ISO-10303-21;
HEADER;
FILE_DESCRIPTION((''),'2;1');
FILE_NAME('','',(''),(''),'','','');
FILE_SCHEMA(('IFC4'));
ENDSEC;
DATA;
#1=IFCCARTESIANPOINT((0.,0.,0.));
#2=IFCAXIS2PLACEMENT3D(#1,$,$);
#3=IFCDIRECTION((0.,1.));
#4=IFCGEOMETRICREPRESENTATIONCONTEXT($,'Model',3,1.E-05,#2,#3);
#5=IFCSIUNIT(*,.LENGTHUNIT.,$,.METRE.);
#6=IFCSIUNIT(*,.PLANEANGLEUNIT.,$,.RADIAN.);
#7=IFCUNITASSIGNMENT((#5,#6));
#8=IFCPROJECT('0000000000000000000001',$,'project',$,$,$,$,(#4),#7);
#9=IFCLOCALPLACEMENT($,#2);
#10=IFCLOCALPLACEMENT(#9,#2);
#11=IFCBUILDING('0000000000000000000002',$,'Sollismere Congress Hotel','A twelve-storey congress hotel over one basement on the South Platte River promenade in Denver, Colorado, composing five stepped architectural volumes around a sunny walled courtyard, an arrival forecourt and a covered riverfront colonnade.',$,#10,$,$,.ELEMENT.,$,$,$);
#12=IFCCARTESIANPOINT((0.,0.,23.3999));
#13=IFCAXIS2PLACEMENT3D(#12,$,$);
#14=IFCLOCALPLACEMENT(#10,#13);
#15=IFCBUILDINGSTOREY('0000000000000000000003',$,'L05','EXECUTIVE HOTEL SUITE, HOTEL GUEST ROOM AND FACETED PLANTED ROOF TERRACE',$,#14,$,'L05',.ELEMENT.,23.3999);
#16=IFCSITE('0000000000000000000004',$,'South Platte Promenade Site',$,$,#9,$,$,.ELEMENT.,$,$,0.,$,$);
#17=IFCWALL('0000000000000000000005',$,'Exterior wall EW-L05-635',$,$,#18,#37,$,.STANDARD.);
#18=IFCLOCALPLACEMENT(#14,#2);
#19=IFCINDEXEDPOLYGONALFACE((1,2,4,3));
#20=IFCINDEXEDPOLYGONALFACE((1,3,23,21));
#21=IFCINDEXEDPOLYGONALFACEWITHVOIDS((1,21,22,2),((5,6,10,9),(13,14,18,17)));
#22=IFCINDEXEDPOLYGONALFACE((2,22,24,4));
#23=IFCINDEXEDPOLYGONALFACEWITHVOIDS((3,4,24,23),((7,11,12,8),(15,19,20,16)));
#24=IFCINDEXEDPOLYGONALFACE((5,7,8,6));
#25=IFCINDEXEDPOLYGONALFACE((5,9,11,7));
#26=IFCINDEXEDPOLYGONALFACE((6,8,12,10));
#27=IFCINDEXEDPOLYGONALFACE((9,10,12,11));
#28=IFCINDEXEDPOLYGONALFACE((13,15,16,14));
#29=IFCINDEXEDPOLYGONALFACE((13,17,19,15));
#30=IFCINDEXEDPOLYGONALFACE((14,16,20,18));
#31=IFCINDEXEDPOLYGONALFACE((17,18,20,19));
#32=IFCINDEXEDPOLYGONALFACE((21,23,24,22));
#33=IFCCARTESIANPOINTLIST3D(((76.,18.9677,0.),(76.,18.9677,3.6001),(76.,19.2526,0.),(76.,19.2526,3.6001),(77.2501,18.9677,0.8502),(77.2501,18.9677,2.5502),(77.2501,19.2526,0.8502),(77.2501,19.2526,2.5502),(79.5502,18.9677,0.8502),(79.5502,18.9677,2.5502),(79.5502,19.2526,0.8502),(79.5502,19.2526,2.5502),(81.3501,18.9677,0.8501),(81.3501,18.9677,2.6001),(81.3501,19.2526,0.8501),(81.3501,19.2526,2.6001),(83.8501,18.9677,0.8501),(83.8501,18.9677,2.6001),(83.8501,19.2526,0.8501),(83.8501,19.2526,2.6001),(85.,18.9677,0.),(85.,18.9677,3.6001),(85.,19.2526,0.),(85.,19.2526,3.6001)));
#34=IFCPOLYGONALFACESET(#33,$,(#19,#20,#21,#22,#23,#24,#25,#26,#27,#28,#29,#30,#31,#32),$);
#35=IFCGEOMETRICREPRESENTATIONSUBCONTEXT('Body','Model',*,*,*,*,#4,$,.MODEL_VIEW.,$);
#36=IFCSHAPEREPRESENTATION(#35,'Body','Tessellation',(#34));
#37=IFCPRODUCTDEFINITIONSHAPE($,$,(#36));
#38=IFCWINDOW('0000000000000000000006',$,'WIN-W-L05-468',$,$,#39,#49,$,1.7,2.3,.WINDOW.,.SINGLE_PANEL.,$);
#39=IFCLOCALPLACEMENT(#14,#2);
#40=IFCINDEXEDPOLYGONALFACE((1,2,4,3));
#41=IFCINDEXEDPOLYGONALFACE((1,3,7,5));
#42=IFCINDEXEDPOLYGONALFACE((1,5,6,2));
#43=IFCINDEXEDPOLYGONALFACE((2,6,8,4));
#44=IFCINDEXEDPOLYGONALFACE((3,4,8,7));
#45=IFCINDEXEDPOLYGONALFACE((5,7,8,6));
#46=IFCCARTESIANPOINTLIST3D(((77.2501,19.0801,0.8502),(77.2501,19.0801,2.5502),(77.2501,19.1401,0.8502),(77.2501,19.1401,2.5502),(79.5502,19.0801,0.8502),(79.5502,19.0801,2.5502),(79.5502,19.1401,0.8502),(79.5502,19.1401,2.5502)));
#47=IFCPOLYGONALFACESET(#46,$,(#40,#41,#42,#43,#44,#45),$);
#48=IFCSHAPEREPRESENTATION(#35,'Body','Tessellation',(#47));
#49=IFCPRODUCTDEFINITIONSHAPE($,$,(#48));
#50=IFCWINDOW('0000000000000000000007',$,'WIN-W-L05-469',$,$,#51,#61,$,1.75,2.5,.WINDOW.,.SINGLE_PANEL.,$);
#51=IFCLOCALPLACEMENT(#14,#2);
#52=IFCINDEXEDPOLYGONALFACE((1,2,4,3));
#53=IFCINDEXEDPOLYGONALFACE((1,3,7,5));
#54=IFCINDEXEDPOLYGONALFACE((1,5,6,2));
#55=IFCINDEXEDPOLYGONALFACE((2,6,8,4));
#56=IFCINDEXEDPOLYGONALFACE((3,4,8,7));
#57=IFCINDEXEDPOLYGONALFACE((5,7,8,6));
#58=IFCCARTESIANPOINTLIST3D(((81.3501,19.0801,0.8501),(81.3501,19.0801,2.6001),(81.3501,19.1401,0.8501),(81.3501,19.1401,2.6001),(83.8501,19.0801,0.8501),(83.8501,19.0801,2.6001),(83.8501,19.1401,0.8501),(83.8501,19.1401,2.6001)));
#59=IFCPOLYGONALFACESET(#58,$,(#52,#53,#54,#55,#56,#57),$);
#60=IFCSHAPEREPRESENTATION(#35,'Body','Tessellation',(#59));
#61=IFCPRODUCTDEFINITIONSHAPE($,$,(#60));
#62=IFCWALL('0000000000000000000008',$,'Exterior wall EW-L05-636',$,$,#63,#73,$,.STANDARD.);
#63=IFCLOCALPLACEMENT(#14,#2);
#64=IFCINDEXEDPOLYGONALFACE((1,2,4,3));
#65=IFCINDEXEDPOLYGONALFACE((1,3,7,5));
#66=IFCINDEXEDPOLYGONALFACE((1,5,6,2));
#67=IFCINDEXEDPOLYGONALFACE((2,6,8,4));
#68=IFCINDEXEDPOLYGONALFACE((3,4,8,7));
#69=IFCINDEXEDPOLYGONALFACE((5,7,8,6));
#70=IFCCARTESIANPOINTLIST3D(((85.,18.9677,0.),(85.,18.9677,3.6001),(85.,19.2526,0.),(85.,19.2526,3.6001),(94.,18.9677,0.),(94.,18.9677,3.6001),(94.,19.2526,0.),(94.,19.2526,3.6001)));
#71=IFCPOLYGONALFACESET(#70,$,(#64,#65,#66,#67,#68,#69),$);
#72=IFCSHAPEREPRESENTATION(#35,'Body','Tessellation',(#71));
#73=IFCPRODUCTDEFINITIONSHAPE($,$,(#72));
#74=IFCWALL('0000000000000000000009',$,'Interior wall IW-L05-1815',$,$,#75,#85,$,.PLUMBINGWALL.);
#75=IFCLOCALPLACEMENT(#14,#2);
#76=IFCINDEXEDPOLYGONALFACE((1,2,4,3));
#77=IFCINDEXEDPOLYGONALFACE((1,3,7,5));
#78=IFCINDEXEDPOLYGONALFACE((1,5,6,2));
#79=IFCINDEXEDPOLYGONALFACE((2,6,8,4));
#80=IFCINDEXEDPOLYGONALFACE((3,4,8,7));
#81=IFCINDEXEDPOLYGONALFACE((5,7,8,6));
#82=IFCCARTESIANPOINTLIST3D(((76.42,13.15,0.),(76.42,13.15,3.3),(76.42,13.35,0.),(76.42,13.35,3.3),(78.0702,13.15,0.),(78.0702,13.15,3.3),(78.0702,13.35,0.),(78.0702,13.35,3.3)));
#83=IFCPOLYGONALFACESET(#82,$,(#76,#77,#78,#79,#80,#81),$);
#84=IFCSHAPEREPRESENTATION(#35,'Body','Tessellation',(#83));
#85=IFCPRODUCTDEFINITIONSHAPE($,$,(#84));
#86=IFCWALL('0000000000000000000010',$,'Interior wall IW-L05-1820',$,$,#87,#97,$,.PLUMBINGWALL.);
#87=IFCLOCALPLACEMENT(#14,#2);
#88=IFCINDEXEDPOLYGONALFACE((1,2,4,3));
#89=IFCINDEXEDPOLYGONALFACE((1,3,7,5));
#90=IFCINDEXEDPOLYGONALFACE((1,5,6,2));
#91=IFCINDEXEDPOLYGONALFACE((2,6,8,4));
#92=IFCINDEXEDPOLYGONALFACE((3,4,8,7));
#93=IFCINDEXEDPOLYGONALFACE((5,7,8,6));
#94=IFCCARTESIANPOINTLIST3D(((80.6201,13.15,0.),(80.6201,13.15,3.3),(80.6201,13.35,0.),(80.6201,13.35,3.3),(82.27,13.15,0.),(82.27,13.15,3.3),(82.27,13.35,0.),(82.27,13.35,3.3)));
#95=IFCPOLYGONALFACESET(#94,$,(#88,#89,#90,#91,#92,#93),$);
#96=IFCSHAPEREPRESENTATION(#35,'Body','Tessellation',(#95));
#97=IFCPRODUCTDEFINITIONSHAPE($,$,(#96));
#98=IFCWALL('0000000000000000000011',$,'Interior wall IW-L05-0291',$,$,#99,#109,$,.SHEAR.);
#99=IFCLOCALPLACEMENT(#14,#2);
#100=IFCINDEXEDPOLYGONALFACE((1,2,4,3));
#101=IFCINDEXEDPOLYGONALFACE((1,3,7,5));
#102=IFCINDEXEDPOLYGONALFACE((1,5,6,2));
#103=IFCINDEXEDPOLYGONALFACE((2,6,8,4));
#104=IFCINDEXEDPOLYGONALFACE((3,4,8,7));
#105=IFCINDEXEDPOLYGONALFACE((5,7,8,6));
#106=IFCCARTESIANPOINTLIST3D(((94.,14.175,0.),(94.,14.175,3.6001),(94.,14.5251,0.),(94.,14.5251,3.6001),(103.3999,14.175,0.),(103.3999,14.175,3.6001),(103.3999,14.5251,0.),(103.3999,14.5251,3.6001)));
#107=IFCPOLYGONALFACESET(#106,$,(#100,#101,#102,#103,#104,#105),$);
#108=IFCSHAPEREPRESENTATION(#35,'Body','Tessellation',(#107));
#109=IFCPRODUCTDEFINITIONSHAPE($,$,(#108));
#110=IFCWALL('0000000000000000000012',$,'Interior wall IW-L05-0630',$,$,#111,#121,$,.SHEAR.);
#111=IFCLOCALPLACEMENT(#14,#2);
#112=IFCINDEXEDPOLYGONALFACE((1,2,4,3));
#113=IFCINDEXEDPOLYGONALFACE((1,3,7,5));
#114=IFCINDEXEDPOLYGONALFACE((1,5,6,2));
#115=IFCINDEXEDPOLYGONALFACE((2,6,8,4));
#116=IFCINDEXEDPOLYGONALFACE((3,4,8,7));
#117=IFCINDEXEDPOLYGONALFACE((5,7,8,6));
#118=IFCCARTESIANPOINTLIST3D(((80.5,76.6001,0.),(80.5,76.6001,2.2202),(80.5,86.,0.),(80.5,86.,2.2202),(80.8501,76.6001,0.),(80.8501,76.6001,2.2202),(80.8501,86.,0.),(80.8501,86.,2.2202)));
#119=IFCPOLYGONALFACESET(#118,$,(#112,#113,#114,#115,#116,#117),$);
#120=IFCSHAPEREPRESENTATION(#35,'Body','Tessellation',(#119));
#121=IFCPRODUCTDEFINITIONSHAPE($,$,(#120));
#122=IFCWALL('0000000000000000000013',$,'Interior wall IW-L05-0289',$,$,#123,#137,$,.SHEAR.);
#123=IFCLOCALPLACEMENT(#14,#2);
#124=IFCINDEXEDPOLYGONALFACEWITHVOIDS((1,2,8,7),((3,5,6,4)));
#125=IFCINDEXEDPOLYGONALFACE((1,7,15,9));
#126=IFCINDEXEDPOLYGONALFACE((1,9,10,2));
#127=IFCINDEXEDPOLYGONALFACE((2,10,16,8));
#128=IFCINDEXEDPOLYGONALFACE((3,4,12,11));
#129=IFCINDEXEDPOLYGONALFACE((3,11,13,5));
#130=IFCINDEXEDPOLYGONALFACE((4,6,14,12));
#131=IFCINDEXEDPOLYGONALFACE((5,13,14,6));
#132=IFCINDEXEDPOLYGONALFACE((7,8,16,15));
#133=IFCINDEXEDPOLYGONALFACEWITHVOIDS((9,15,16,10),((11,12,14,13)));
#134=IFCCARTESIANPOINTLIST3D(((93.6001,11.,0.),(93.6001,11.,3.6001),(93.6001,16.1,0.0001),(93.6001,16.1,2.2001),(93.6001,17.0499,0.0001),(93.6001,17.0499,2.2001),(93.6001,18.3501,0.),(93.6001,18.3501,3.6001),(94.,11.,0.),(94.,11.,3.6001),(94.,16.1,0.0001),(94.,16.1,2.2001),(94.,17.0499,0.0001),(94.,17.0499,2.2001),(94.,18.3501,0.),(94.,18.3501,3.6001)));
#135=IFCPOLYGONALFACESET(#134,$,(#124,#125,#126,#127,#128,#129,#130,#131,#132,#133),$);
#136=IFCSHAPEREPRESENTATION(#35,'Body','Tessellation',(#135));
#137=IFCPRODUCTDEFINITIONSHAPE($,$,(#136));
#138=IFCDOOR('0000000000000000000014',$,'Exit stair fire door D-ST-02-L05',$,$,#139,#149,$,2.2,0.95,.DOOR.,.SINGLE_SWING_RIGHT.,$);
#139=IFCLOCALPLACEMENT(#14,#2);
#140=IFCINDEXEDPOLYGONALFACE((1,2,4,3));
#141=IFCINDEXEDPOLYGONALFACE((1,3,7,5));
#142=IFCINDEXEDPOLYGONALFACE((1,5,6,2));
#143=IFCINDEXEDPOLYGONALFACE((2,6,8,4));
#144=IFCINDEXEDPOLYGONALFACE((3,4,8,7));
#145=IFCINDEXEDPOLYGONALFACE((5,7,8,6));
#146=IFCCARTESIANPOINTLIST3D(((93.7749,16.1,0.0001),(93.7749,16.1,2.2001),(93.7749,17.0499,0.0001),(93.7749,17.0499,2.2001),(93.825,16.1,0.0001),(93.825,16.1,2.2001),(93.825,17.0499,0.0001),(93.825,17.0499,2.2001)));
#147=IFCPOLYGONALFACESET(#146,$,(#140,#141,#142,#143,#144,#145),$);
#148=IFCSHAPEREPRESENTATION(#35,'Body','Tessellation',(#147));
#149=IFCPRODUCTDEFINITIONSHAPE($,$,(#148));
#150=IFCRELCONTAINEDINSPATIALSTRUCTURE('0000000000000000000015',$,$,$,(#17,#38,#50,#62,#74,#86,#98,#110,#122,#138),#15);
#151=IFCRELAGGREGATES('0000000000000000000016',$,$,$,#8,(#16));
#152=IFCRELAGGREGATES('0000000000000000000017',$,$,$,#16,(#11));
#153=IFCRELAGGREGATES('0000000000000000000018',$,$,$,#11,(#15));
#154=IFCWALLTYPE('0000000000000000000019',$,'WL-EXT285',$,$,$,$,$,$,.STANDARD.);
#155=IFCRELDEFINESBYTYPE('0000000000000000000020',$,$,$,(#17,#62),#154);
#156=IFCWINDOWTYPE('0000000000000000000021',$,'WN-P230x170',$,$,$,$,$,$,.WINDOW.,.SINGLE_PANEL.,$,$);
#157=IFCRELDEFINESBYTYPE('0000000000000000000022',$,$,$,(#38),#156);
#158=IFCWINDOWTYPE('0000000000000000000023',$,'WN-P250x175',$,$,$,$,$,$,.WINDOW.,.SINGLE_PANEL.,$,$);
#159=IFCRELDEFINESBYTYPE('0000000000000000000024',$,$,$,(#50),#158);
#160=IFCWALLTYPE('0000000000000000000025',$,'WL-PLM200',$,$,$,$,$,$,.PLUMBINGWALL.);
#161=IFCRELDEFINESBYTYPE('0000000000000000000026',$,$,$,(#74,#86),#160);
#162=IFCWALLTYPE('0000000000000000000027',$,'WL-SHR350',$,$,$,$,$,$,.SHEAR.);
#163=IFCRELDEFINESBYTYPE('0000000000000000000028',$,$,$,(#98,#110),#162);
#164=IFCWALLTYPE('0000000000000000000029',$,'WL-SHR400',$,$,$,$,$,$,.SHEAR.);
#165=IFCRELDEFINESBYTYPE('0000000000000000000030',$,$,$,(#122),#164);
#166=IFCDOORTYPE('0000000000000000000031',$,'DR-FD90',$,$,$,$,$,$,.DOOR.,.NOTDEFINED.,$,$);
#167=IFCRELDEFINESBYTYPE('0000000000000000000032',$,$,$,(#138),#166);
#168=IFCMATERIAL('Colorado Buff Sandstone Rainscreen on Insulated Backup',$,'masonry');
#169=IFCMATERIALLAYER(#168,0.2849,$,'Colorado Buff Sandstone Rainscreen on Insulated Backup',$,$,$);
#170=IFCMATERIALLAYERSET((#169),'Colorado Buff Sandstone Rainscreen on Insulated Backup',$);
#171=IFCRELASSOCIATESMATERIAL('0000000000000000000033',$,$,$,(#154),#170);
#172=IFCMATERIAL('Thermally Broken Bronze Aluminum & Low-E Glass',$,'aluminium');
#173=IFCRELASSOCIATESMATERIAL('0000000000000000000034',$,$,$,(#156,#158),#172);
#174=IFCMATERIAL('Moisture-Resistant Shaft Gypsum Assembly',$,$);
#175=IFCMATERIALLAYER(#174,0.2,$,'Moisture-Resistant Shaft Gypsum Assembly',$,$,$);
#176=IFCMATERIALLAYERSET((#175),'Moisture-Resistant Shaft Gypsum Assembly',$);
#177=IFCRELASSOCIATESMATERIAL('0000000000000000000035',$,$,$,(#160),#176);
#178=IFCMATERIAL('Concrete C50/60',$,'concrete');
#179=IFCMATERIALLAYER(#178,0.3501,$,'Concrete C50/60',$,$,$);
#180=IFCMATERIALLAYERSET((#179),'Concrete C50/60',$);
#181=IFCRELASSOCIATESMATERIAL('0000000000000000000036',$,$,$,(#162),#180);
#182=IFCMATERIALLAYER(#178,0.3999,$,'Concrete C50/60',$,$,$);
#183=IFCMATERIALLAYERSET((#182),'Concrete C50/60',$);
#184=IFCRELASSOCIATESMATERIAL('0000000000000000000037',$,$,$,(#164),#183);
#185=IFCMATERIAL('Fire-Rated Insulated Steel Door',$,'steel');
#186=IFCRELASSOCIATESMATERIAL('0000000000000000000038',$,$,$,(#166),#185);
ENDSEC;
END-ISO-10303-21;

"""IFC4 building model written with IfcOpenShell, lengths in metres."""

from ifc_helpers import new_model, si_unit, direction, frame, frame_2d, origin, place, context, subcontext, project, spatial, rectangle, extrude, material, layer, layer_set, type_object, element, fill, save


model = new_model("IFC4")

# Units and contexts
model_context = context("Model", 3, precision=1e-05, world=origin(), true_north=direction((0.0, 1.0)))
body_context = subcontext(model_context, "Body", "Model", "MODEL_VIEW")
ifc_project = project(units=[si_unit("LENGTHUNIT", "METRE"), si_unit("PLANEANGLEUNIT", "RADIAN")], contexts=[model_context])

# Site, building, storey
site_placement = place(None, origin())
site = spatial("IfcSite", under=ifc_project, at=site_placement, Name="South Platte Promenade Site", CompositionType="ELEMENT", RefElevation=0.0)
building_placement = place(site_placement, origin())
building = spatial("IfcBuilding", under=site, at=building_placement, Name="Sollismere Congress Hotel", Description="A twelve-storey congress hotel over one basement on the South Platte River promenade in Denver, Colorado, composing five stepped architectural volumes around a sunny walled courtyard, an arrival forecourt and a covered riverfront colonnade.", CompositionType="ELEMENT")
storey_placement = place(building_placement, frame((0.0, 0.0, 23.3999)))
storey = spatial("IfcBuildingStorey", under=building, at=storey_placement, Name="L05", Description="EXECUTIVE HOTEL SUITE, HOTEL GUEST ROOM AND FACETED PLANTED ROOF TERRACE", LongName="L05", CompositionType="ELEMENT", Elevation=23.3999)

# Shared definitions
ifc_material_1 = material(Name="Colorado Buff Sandstone Rainscreen on Insulated Backup", Category="masonry")
ifc_layer_1 = layer(ifc_material_1, 0.2849, Name="Colorado Buff Sandstone Rainscreen on Insulated Backup")
ifc_layer_set_1 = layer_set([ifc_layer_1], Name="Colorado Buff Sandstone Rainscreen on Insulated Backup")
wall_type_1 = type_object("IfcWallType", Name="WL-EXT285", PredefinedType="STANDARD", material=ifc_layer_set_1)

# Wall, openings, windows
ifc_material_2 = material(Name="Thermally Broken Bronze Aluminum & Low-E Glass", Category="aluminium")
wall_1_placement = place(storey_placement, frame((85.0, 19.1101, 0.0), z_axis=(0.0, 0.0, 1.0), x_axis=(-1.0, 0.0, 0.0)))
wall_1 = element("IfcWall", 1, at=wall_1_placement, inside=storey, type_object=wall_type_1, Name="Exterior wall EW-L05-635", PredefinedType="STANDARD", context=body_context, shape_type="SweptSolid", body=[
    extrude(rectangle(XDim=9.0, YDim=0.2849, at=frame_2d((4.5, 0.0))), origin(), (0.0, 0.0, 1.0), 3.6001),
])
opening_1_placement = place(wall_1_placement, frame((5.45, 0.0, 0.8501)))
opening_1 = element("IfcOpeningElement", 2, at=opening_1_placement, cuts=wall_1, PredefinedType="OPENING", context=body_context, shape_type="SweptSolid", body=[
    extrude(rectangle(XDim=2.3, YDim=1.7, at=frame_2d((1.1499, 0.8501))), frame((0.0, 0.1523, 0.0), z_axis=(0.0, -1.0, 0.0), x_axis=(1.0, 0.0, 0.0)), (0.0, 0.0, 1.0), 0.3049),
])
opening_2_placement = place(wall_1_placement, frame((1.1499, 0.0, 0.8501)))
opening_2 = element("IfcOpeningElement", 3, at=opening_2_placement, cuts=wall_1, PredefinedType="OPENING", context=body_context, shape_type="SweptSolid", body=[
    extrude(rectangle(XDim=2.5, YDim=1.75, at=frame_2d((1.25, 0.875))), frame((0.0, 0.1523, 0.0), z_axis=(0.0, -1.0, 0.0), x_axis=(1.0, 0.0, 0.0)), (0.0, 0.0, 1.0), 0.3049),
])
window_type_1 = type_object("IfcWindowType", Name="WN-P230x170", PartitioningType="SINGLE_PANEL", PredefinedType="WINDOW", material=ifc_material_2)
window_1_placement = place(opening_1_placement, origin())
window_1 = element("IfcWindow", 4, at=window_1_placement, inside=storey, type_object=window_type_1, Name="WIN-W-L05-468", OverallHeight=1.7, OverallWidth=2.3, PartitioningType="SINGLE_PANEL", PredefinedType="WINDOW", context=body_context, shape_type="SweptSolid", body=[
    extrude(rectangle(XDim=2.3, YDim=1.7, at=frame_2d((1.1499, 0.8501))), frame((0.0, 0.03, 0.0), z_axis=(0.0, -1.0, 0.0), x_axis=(1.0, 0.0, 0.0)), (0.0, 0.0, 1.0), 0.0601),
])
fill(opening_1, window_1)
window_type_2 = type_object("IfcWindowType", Name="WN-P250x175", PartitioningType="SINGLE_PANEL", PredefinedType="WINDOW", material=ifc_material_2)
window_2_placement = place(opening_2_placement, origin())
window_2 = element("IfcWindow", 5, at=window_2_placement, inside=storey, type_object=window_type_2, Name="WIN-W-L05-469", OverallHeight=1.75, OverallWidth=2.5, PartitioningType="SINGLE_PANEL", PredefinedType="WINDOW", context=body_context, shape_type="SweptSolid", body=[
    extrude(rectangle(XDim=2.5, YDim=1.75, at=frame_2d((1.25, 0.875))), frame((0.0, 0.03, 0.0), z_axis=(0.0, -1.0, 0.0), x_axis=(1.0, 0.0, 0.0)), (0.0, 0.0, 1.0), 0.0601),
])
fill(opening_2, window_2)

# Walls
wall_2_placement = place(storey_placement, frame((94.0, 19.1101, 0.0), z_axis=(0.0, 0.0, 1.0), x_axis=(-1.0, 0.0, 0.0)))
element("IfcWall", 6, at=wall_2_placement, inside=storey, type_object=wall_type_1, Name="Exterior wall EW-L05-636", PredefinedType="STANDARD", context=body_context, shape_type="SweptSolid", body=[
    extrude(rectangle(XDim=9.0, YDim=0.2849, at=frame_2d((4.5, 0.0))), origin(), (0.0, 0.0, 1.0), 3.6001),
])
ifc_material_3 = material(Name="Moisture-Resistant Shaft Gypsum Assembly")
ifc_layer_2 = layer(ifc_material_3, 0.2, Name="Moisture-Resistant Shaft Gypsum Assembly")
ifc_layer_set_2 = layer_set([ifc_layer_2], Name="Moisture-Resistant Shaft Gypsum Assembly")
wall_type_2 = type_object("IfcWallType", Name="WL-PLM200", PredefinedType="PLUMBINGWALL", material=ifc_layer_set_2)
wall_3_placement = place(storey_placement, frame((76.4199, 13.25, 0.0), z_axis=(0.0, 0.0, 1.0), x_axis=(1.0, 0.0, 0.0)))
element("IfcWall", 7, at=wall_3_placement, inside=storey, type_object=wall_type_2, Name="Interior wall IW-L05-1815", PredefinedType="PLUMBINGWALL", context=body_context, shape_type="SweptSolid", body=[
    extrude(rectangle(XDim=1.6501, YDim=0.2, at=frame_2d((0.8252, 0.0))), origin(), (0.0, 0.0, 1.0), 3.3),
])
wall_4_placement = place(storey_placement, frame((80.6201, 13.25, 0.0), z_axis=(0.0, 0.0, 1.0), x_axis=(1.0, 0.0, 0.0)))
element("IfcWall", 8, at=wall_4_placement, inside=storey, type_object=wall_type_2, Name="Interior wall IW-L05-1820", PredefinedType="PLUMBINGWALL", context=body_context, shape_type="SweptSolid", body=[
    extrude(rectangle(XDim=1.6499, YDim=0.2, at=frame_2d((0.825, 0.0))), origin(), (0.0, 0.0, 1.0), 3.3),
])
ifc_material_4 = material(Name="Concrete C50/60", Category="concrete")
ifc_layer_3 = layer(ifc_material_4, 0.3501, Name="Concrete C50/60")
ifc_layer_set_3 = layer_set([ifc_layer_3], Name="Concrete C50/60")
wall_type_3 = type_object("IfcWallType", Name="WL-SHR350", PredefinedType="SHEAR", material=ifc_layer_set_3)
wall_5_placement = place(storey_placement, frame((94.0, 14.3501, 0.0), z_axis=(0.0, 0.0, 1.0), x_axis=(1.0, 0.0, 0.0)))
element("IfcWall", 9, at=wall_5_placement, inside=storey, type_object=wall_type_3, Name="Interior wall IW-L05-0291", PredefinedType="SHEAR", context=body_context, shape_type="SweptSolid", body=[
    extrude(rectangle(XDim=9.3999, YDim=0.3501, at=frame_2d((4.7, 0.0))), origin(), (0.0, 0.0, 1.0), 3.6001),
])
wall_6_placement = place(storey_placement, frame((80.675, 76.6001, 0.0), z_axis=(0.0, 0.0, 1.0), x_axis=(0.0, 1.0, 0.0)))
element("IfcWall", 10, at=wall_6_placement, inside=storey, type_object=wall_type_3, Name="Interior wall IW-L05-0630", PredefinedType="SHEAR", context=body_context, shape_type="SweptSolid", body=[
    extrude(rectangle(XDim=9.3999, YDim=0.3501, at=frame_2d((4.7, 0.0))), origin(), (0.0, 0.0, 1.0), 2.2202),
])

# Wall, opening, door
ifc_layer_4 = layer(ifc_material_4, 0.3999, Name="Concrete C50/60")
ifc_layer_set_4 = layer_set([ifc_layer_4], Name="Concrete C50/60")
wall_type_4 = type_object("IfcWallType", Name="WL-SHR400", PredefinedType="SHEAR", material=ifc_layer_set_4)
wall_7_placement = place(storey_placement, frame((93.8, 18.3501, 0.0), z_axis=(0.0, 0.0, 1.0), x_axis=(0.0, -1.0, 0.0)))
wall_7 = element("IfcWall", 11, at=wall_7_placement, inside=storey, type_object=wall_type_4, Name="Interior wall IW-L05-0289", PredefinedType="SHEAR", context=body_context, shape_type="SweptSolid", body=[
    extrude(rectangle(XDim=7.3501, YDim=0.3999, at=frame_2d((3.675, 0.0))), origin(), (0.0, 0.0, 1.0), 3.6001),
])
opening_3_placement = place(wall_7_placement, frame((1.3, 0.0, 0.0)))
opening_3 = element("IfcOpeningElement", 12, at=opening_3_placement, cuts=wall_7, PredefinedType="OPENING", context=body_context, shape_type="SweptSolid", body=[
    extrude(rectangle(XDim=0.95, YDim=2.2, at=frame_2d((0.4751, 1.1001))), frame((0.0, 0.21, 0.0), z_axis=(0.0, -1.0, 0.0), x_axis=(1.0, 0.0, 0.0)), (0.0, 0.0, 1.0), 0.4199),
])
ifc_material_5 = material(Name="Fire-Rated Insulated Steel Door", Category="steel")
door_type = type_object("IfcDoorType", Name="DR-FD90", OperationType="NOTDEFINED", PredefinedType="DOOR", material=ifc_material_5)
door_1_placement = place(opening_3_placement, origin())
door_1 = element("IfcDoor", 13, at=door_1_placement, inside=storey, type_object=door_type, Name="Exit stair fire door D-ST-02-L05", OperationType="SINGLE_SWING_RIGHT", OverallHeight=2.2, OverallWidth=0.95, PredefinedType="DOOR", context=body_context, shape_type="SweptSolid", body=[
    extrude(rectangle(XDim=0.95, YDim=2.2, at=frame_2d((0.4751, 1.1001))), frame((0.0, 0.0249, 0.0), z_axis=(0.0, -1.0, 0.0), x_axis=(1.0, 0.0, 0.0)), (0.0, 0.0, 1.0), 0.05),
])
fill(opening_3, door_1)

save(model, "model.ifc")
